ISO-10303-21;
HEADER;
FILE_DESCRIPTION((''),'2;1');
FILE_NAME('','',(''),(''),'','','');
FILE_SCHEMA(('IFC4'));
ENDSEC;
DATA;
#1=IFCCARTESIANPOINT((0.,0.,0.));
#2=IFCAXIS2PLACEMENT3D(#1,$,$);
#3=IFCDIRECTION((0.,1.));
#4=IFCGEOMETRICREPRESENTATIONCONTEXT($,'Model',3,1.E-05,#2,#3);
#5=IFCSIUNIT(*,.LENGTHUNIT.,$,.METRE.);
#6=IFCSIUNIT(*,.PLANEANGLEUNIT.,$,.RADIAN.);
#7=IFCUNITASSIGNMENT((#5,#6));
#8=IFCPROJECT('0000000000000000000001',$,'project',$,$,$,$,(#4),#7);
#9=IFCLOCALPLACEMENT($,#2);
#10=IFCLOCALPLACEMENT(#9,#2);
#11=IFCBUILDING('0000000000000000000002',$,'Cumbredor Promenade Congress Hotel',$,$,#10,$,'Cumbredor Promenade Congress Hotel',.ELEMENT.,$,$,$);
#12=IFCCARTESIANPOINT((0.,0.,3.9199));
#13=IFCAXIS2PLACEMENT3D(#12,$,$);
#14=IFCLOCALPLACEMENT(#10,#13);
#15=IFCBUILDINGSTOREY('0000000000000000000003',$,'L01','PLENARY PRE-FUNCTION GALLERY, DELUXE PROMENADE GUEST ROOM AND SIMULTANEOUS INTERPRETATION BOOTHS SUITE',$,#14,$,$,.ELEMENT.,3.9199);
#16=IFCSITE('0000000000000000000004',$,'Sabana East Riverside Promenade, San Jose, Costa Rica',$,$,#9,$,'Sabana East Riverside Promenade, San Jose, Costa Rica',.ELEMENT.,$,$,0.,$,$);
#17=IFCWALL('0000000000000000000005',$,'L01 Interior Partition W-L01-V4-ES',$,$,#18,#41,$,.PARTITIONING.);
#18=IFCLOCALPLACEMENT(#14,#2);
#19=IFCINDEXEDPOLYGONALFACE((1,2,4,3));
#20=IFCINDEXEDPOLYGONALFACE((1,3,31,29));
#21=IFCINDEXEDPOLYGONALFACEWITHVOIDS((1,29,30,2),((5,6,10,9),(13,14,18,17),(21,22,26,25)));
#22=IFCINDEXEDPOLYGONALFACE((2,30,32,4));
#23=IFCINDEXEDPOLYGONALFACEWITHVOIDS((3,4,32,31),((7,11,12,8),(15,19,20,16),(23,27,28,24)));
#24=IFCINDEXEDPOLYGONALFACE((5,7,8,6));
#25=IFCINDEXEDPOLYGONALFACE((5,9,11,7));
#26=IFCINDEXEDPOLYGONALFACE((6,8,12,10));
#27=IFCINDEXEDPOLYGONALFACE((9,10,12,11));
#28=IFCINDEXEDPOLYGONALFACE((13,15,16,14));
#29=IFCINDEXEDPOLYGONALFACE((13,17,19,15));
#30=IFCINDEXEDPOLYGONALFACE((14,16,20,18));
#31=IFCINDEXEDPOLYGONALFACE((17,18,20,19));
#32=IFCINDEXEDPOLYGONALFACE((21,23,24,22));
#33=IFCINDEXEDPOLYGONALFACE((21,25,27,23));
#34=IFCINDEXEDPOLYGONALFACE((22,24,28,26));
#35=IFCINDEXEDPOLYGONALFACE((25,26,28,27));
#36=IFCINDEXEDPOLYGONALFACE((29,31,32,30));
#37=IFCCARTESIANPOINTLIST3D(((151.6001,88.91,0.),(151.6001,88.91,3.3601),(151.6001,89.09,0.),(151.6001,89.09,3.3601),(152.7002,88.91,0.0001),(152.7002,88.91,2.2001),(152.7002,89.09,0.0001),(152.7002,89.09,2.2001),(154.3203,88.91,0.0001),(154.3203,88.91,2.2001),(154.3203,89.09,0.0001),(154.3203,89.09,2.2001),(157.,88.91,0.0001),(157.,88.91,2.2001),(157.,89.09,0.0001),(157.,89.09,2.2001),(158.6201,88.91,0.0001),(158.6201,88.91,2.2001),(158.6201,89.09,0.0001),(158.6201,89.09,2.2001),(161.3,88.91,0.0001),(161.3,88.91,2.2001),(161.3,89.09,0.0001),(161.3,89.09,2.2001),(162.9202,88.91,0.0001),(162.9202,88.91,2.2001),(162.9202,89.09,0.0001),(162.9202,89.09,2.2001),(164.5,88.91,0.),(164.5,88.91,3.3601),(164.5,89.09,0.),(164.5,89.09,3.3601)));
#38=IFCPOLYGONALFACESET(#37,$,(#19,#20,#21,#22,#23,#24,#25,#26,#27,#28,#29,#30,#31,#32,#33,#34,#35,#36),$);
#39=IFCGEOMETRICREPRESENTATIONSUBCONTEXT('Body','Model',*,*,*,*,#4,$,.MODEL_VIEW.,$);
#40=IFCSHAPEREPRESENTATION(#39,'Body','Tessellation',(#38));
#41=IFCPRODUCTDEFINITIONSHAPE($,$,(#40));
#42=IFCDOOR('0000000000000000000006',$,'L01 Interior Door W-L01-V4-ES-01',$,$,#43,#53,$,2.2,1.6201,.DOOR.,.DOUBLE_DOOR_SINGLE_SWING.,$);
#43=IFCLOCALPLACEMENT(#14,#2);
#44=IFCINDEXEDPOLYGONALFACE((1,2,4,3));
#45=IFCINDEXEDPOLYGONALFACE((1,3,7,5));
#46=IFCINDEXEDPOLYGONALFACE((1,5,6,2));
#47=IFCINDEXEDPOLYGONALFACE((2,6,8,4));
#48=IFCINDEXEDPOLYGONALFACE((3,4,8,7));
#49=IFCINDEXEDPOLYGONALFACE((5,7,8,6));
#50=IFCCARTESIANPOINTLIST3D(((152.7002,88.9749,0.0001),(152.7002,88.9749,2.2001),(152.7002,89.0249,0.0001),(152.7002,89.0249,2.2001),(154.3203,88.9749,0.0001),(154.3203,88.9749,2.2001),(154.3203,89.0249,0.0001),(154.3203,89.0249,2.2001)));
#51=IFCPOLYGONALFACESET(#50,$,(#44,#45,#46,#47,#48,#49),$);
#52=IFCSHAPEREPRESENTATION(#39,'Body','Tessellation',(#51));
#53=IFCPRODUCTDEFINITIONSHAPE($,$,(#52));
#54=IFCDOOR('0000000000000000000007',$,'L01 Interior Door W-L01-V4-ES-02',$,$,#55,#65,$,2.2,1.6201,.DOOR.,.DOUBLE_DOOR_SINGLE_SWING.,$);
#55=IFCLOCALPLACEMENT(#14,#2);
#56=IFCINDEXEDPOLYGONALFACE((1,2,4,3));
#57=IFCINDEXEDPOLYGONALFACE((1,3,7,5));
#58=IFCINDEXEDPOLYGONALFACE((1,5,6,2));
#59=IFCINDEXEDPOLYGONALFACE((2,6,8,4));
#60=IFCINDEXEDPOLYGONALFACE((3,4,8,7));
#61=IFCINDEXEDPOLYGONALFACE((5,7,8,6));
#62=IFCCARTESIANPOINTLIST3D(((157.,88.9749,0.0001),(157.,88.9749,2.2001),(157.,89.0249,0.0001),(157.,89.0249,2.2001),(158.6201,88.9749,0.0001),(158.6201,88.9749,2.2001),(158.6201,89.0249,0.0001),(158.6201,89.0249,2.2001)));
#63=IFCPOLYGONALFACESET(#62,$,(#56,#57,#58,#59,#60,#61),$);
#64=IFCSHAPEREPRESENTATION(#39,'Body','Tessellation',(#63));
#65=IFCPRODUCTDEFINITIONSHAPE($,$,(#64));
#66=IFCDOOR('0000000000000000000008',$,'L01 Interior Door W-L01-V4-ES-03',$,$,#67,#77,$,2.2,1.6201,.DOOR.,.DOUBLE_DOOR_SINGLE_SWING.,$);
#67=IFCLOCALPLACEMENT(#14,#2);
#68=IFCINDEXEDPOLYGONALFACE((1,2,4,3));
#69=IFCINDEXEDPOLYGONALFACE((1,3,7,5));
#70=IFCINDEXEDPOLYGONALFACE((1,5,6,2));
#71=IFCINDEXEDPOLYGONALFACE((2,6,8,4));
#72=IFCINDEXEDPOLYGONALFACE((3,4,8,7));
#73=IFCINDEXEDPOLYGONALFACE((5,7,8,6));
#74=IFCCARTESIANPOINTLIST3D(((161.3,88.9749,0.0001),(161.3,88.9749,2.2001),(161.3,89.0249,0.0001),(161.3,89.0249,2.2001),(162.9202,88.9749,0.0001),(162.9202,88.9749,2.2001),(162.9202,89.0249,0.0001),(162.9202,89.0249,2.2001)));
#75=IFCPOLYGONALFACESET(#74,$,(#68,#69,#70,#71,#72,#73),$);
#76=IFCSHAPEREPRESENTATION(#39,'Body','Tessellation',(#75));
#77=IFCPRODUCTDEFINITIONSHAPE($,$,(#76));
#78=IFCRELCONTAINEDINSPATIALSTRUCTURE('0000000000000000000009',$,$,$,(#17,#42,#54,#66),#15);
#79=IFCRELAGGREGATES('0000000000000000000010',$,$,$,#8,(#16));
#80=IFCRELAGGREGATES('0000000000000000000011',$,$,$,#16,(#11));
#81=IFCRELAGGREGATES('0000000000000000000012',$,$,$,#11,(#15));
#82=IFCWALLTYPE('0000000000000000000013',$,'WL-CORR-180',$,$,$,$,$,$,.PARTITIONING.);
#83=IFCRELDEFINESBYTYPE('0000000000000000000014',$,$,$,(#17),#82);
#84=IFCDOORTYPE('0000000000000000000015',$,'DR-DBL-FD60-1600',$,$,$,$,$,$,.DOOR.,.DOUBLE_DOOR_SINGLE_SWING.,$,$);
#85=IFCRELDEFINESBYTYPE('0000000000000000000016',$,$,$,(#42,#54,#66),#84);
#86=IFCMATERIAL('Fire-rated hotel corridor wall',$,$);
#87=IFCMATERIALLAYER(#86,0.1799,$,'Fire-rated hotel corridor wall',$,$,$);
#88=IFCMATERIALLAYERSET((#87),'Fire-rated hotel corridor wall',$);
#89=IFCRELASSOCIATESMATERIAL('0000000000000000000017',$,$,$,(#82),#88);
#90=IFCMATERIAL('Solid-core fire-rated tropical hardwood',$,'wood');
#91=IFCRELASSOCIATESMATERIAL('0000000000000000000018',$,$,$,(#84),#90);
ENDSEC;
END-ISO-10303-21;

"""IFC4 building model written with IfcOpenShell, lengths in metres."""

from ifc_helpers import new_model, si_unit, direction, frame, frame_2d, origin, place, context, subcontext, project, spatial, rectangle, extrude, material, layer, layer_set, type_object, element, fill, save


model = new_model("IFC4")

# Units and contexts
model_context = context("Model", 3, precision=1e-05, world=origin(), true_north=direction((0.0, 1.0)))
body_context = subcontext(model_context, "Body", "Model", "MODEL_VIEW")
ifc_project = project(units=[si_unit("LENGTHUNIT", "METRE"), si_unit("PLANEANGLEUNIT", "RADIAN")], contexts=[model_context])

# Site, building, storey
site_placement = place(None, origin())
site = spatial("IfcSite", under=ifc_project, at=site_placement, Name="Sabana East Riverside Promenade, San Jose, Costa Rica", LongName="Sabana East Riverside Promenade, San Jose, Costa Rica", CompositionType="ELEMENT", RefElevation=0.0)
building_placement = place(site_placement, origin())
building = spatial("IfcBuilding", under=site, at=building_placement, Name="Cumbredor Promenade Congress Hotel", LongName="Cumbredor Promenade Congress Hotel", CompositionType="ELEMENT")
storey_placement = place(building_placement, frame((0.0, 0.0, 3.9199)))
storey = spatial("IfcBuildingStorey", under=building, at=storey_placement, Name="L01", Description="PLENARY PRE-FUNCTION GALLERY, DELUXE PROMENADE GUEST ROOM AND SIMULTANEOUS INTERPRETATION BOOTHS SUITE", CompositionType="ELEMENT", Elevation=3.9199)

# Wall, openings, doors
ifc_material_1 = material(Name="Fire-rated hotel corridor wall")
ifc_layer_1 = layer(ifc_material_1, 0.1799, Name="Fire-rated hotel corridor wall")
ifc_layer_set_1 = layer_set([ifc_layer_1], Name="Fire-rated hotel corridor wall")
wall_type = type_object("IfcWallType", Name="WL-CORR-180", PredefinedType="PARTITIONING", material=ifc_layer_set_1)
wall_placement = place(storey_placement, frame((151.6001, 89.0, 0.0), z_axis=(0.0, 0.0, 1.0), x_axis=(1.0, 0.0, 0.0)))
wall = element("IfcWall", 1, at=wall_placement, inside=storey, type_object=wall_type, Name="L01 Interior Partition W-L01-V4-ES", PredefinedType="PARTITIONING", context=body_context, shape_type="SweptSolid", body=[
    extrude(rectangle(XDim=12.8999, YDim=0.1799, at=frame_2d((6.45, 0.0))), origin(), (0.0, 0.0, 1.0), 3.3601),
])
opening_1_placement = place(wall_placement, frame((1.1001, 0.0, 0.0)))
opening_1 = element("IfcOpeningElement", 2, at=opening_1_placement, cuts=wall, PredefinedType="OPENING", context=body_context, shape_type="SweptSolid", body=[
    extrude(rectangle(XDim=1.6201, YDim=2.2, at=frame_2d((0.8101, 1.1001))), frame((0.0, 0.1001, 0.0), z_axis=(0.0, -1.0, 0.0), x_axis=(1.0, 0.0, 0.0)), (0.0, 0.0, 1.0), 0.2),
])
opening_2_placement = place(wall_placement, frame((5.3999, 0.0, 0.0)))
opening_2 = element("IfcOpeningElement", 3, at=opening_2_placement, cuts=wall, PredefinedType="OPENING", context=body_context, shape_type="SweptSolid", body=[
    extrude(rectangle(XDim=1.6201, YDim=2.2, at=frame_2d((0.8101, 1.1001))), frame((0.0, 0.1001, 0.0), z_axis=(0.0, -1.0, 0.0), x_axis=(1.0, 0.0, 0.0)), (0.0, 0.0, 1.0), 0.2),
])
opening_3_placement = place(wall_placement, frame((9.7, 0.0, 0.0)))
opening_3 = element("IfcOpeningElement", 4, at=opening_3_placement, cuts=wall, PredefinedType="OPENING", context=body_context, shape_type="SweptSolid", body=[
    extrude(rectangle(XDim=1.6201, YDim=2.2, at=frame_2d((0.8101, 1.1001))), frame((0.0, 0.1001, 0.0), z_axis=(0.0, -1.0, 0.0), x_axis=(1.0, 0.0, 0.0)), (0.0, 0.0, 1.0), 0.2),
])
ifc_material_2 = material(Name="Solid-core fire-rated tropical hardwood", Category="wood")
door_type = type_object("IfcDoorType", Name="DR-DBL-FD60-1600", OperationType="DOUBLE_DOOR_SINGLE_SWING", PredefinedType="DOOR", material=ifc_material_2)
door_1_placement = place(opening_1_placement, origin())
door_1 = element("IfcDoor", 5, at=door_1_placement, inside=storey, type_object=door_type, Name="L01 Interior Door W-L01-V4-ES-01", OperationType="DOUBLE_DOOR_SINGLE_SWING", OverallHeight=2.2, OverallWidth=1.6201, PredefinedType="DOOR", context=body_context, shape_type="SweptSolid", body=[
    extrude(rectangle(XDim=1.6201, YDim=2.2, at=frame_2d((0.8101, 1.1001))), frame((0.0, 0.0249, 0.0), z_axis=(0.0, -1.0, 0.0), x_axis=(1.0, 0.0, 0.0)), (0.0, 0.0, 1.0), 0.05),
])
fill(opening_1, door_1)
door_2_placement = place(opening_2_placement, origin())
door_2 = element("IfcDoor", 6, at=door_2_placement, inside=storey, type_object=door_type, Name="L01 Interior Door W-L01-V4-ES-02", OperationType="DOUBLE_DOOR_SINGLE_SWING", OverallHeight=2.2, OverallWidth=1.6201, PredefinedType="DOOR", context=body_context, shape_type="SweptSolid", body=[
    extrude(rectangle(XDim=1.6201, YDim=2.2, at=frame_2d((0.8101, 1.1001))), frame((0.0, 0.0249, 0.0), z_axis=(0.0, -1.0, 0.0), x_axis=(1.0, 0.0, 0.0)), (0.0, 0.0, 1.0), 0.05),
])
fill(opening_2, door_2)
door_3_placement = place(opening_3_placement, origin())
door_3 = element("IfcDoor", 7, at=door_3_placement, inside=storey, type_object=door_type, Name="L01 Interior Door W-L01-V4-ES-03", OperationType="DOUBLE_DOOR_SINGLE_SWING", OverallHeight=2.2, OverallWidth=1.6201, PredefinedType="DOOR", context=body_context, shape_type="SweptSolid", body=[
    extrude(rectangle(XDim=1.6201, YDim=2.2, at=frame_2d((0.8101, 1.1001))), frame((0.0, 0.0249, 0.0), z_axis=(0.0, -1.0, 0.0), x_axis=(1.0, 0.0, 0.0)), (0.0, 0.0, 1.0), 0.05),
])
fill(opening_3, door_3)

save(model, "model.ifc")
